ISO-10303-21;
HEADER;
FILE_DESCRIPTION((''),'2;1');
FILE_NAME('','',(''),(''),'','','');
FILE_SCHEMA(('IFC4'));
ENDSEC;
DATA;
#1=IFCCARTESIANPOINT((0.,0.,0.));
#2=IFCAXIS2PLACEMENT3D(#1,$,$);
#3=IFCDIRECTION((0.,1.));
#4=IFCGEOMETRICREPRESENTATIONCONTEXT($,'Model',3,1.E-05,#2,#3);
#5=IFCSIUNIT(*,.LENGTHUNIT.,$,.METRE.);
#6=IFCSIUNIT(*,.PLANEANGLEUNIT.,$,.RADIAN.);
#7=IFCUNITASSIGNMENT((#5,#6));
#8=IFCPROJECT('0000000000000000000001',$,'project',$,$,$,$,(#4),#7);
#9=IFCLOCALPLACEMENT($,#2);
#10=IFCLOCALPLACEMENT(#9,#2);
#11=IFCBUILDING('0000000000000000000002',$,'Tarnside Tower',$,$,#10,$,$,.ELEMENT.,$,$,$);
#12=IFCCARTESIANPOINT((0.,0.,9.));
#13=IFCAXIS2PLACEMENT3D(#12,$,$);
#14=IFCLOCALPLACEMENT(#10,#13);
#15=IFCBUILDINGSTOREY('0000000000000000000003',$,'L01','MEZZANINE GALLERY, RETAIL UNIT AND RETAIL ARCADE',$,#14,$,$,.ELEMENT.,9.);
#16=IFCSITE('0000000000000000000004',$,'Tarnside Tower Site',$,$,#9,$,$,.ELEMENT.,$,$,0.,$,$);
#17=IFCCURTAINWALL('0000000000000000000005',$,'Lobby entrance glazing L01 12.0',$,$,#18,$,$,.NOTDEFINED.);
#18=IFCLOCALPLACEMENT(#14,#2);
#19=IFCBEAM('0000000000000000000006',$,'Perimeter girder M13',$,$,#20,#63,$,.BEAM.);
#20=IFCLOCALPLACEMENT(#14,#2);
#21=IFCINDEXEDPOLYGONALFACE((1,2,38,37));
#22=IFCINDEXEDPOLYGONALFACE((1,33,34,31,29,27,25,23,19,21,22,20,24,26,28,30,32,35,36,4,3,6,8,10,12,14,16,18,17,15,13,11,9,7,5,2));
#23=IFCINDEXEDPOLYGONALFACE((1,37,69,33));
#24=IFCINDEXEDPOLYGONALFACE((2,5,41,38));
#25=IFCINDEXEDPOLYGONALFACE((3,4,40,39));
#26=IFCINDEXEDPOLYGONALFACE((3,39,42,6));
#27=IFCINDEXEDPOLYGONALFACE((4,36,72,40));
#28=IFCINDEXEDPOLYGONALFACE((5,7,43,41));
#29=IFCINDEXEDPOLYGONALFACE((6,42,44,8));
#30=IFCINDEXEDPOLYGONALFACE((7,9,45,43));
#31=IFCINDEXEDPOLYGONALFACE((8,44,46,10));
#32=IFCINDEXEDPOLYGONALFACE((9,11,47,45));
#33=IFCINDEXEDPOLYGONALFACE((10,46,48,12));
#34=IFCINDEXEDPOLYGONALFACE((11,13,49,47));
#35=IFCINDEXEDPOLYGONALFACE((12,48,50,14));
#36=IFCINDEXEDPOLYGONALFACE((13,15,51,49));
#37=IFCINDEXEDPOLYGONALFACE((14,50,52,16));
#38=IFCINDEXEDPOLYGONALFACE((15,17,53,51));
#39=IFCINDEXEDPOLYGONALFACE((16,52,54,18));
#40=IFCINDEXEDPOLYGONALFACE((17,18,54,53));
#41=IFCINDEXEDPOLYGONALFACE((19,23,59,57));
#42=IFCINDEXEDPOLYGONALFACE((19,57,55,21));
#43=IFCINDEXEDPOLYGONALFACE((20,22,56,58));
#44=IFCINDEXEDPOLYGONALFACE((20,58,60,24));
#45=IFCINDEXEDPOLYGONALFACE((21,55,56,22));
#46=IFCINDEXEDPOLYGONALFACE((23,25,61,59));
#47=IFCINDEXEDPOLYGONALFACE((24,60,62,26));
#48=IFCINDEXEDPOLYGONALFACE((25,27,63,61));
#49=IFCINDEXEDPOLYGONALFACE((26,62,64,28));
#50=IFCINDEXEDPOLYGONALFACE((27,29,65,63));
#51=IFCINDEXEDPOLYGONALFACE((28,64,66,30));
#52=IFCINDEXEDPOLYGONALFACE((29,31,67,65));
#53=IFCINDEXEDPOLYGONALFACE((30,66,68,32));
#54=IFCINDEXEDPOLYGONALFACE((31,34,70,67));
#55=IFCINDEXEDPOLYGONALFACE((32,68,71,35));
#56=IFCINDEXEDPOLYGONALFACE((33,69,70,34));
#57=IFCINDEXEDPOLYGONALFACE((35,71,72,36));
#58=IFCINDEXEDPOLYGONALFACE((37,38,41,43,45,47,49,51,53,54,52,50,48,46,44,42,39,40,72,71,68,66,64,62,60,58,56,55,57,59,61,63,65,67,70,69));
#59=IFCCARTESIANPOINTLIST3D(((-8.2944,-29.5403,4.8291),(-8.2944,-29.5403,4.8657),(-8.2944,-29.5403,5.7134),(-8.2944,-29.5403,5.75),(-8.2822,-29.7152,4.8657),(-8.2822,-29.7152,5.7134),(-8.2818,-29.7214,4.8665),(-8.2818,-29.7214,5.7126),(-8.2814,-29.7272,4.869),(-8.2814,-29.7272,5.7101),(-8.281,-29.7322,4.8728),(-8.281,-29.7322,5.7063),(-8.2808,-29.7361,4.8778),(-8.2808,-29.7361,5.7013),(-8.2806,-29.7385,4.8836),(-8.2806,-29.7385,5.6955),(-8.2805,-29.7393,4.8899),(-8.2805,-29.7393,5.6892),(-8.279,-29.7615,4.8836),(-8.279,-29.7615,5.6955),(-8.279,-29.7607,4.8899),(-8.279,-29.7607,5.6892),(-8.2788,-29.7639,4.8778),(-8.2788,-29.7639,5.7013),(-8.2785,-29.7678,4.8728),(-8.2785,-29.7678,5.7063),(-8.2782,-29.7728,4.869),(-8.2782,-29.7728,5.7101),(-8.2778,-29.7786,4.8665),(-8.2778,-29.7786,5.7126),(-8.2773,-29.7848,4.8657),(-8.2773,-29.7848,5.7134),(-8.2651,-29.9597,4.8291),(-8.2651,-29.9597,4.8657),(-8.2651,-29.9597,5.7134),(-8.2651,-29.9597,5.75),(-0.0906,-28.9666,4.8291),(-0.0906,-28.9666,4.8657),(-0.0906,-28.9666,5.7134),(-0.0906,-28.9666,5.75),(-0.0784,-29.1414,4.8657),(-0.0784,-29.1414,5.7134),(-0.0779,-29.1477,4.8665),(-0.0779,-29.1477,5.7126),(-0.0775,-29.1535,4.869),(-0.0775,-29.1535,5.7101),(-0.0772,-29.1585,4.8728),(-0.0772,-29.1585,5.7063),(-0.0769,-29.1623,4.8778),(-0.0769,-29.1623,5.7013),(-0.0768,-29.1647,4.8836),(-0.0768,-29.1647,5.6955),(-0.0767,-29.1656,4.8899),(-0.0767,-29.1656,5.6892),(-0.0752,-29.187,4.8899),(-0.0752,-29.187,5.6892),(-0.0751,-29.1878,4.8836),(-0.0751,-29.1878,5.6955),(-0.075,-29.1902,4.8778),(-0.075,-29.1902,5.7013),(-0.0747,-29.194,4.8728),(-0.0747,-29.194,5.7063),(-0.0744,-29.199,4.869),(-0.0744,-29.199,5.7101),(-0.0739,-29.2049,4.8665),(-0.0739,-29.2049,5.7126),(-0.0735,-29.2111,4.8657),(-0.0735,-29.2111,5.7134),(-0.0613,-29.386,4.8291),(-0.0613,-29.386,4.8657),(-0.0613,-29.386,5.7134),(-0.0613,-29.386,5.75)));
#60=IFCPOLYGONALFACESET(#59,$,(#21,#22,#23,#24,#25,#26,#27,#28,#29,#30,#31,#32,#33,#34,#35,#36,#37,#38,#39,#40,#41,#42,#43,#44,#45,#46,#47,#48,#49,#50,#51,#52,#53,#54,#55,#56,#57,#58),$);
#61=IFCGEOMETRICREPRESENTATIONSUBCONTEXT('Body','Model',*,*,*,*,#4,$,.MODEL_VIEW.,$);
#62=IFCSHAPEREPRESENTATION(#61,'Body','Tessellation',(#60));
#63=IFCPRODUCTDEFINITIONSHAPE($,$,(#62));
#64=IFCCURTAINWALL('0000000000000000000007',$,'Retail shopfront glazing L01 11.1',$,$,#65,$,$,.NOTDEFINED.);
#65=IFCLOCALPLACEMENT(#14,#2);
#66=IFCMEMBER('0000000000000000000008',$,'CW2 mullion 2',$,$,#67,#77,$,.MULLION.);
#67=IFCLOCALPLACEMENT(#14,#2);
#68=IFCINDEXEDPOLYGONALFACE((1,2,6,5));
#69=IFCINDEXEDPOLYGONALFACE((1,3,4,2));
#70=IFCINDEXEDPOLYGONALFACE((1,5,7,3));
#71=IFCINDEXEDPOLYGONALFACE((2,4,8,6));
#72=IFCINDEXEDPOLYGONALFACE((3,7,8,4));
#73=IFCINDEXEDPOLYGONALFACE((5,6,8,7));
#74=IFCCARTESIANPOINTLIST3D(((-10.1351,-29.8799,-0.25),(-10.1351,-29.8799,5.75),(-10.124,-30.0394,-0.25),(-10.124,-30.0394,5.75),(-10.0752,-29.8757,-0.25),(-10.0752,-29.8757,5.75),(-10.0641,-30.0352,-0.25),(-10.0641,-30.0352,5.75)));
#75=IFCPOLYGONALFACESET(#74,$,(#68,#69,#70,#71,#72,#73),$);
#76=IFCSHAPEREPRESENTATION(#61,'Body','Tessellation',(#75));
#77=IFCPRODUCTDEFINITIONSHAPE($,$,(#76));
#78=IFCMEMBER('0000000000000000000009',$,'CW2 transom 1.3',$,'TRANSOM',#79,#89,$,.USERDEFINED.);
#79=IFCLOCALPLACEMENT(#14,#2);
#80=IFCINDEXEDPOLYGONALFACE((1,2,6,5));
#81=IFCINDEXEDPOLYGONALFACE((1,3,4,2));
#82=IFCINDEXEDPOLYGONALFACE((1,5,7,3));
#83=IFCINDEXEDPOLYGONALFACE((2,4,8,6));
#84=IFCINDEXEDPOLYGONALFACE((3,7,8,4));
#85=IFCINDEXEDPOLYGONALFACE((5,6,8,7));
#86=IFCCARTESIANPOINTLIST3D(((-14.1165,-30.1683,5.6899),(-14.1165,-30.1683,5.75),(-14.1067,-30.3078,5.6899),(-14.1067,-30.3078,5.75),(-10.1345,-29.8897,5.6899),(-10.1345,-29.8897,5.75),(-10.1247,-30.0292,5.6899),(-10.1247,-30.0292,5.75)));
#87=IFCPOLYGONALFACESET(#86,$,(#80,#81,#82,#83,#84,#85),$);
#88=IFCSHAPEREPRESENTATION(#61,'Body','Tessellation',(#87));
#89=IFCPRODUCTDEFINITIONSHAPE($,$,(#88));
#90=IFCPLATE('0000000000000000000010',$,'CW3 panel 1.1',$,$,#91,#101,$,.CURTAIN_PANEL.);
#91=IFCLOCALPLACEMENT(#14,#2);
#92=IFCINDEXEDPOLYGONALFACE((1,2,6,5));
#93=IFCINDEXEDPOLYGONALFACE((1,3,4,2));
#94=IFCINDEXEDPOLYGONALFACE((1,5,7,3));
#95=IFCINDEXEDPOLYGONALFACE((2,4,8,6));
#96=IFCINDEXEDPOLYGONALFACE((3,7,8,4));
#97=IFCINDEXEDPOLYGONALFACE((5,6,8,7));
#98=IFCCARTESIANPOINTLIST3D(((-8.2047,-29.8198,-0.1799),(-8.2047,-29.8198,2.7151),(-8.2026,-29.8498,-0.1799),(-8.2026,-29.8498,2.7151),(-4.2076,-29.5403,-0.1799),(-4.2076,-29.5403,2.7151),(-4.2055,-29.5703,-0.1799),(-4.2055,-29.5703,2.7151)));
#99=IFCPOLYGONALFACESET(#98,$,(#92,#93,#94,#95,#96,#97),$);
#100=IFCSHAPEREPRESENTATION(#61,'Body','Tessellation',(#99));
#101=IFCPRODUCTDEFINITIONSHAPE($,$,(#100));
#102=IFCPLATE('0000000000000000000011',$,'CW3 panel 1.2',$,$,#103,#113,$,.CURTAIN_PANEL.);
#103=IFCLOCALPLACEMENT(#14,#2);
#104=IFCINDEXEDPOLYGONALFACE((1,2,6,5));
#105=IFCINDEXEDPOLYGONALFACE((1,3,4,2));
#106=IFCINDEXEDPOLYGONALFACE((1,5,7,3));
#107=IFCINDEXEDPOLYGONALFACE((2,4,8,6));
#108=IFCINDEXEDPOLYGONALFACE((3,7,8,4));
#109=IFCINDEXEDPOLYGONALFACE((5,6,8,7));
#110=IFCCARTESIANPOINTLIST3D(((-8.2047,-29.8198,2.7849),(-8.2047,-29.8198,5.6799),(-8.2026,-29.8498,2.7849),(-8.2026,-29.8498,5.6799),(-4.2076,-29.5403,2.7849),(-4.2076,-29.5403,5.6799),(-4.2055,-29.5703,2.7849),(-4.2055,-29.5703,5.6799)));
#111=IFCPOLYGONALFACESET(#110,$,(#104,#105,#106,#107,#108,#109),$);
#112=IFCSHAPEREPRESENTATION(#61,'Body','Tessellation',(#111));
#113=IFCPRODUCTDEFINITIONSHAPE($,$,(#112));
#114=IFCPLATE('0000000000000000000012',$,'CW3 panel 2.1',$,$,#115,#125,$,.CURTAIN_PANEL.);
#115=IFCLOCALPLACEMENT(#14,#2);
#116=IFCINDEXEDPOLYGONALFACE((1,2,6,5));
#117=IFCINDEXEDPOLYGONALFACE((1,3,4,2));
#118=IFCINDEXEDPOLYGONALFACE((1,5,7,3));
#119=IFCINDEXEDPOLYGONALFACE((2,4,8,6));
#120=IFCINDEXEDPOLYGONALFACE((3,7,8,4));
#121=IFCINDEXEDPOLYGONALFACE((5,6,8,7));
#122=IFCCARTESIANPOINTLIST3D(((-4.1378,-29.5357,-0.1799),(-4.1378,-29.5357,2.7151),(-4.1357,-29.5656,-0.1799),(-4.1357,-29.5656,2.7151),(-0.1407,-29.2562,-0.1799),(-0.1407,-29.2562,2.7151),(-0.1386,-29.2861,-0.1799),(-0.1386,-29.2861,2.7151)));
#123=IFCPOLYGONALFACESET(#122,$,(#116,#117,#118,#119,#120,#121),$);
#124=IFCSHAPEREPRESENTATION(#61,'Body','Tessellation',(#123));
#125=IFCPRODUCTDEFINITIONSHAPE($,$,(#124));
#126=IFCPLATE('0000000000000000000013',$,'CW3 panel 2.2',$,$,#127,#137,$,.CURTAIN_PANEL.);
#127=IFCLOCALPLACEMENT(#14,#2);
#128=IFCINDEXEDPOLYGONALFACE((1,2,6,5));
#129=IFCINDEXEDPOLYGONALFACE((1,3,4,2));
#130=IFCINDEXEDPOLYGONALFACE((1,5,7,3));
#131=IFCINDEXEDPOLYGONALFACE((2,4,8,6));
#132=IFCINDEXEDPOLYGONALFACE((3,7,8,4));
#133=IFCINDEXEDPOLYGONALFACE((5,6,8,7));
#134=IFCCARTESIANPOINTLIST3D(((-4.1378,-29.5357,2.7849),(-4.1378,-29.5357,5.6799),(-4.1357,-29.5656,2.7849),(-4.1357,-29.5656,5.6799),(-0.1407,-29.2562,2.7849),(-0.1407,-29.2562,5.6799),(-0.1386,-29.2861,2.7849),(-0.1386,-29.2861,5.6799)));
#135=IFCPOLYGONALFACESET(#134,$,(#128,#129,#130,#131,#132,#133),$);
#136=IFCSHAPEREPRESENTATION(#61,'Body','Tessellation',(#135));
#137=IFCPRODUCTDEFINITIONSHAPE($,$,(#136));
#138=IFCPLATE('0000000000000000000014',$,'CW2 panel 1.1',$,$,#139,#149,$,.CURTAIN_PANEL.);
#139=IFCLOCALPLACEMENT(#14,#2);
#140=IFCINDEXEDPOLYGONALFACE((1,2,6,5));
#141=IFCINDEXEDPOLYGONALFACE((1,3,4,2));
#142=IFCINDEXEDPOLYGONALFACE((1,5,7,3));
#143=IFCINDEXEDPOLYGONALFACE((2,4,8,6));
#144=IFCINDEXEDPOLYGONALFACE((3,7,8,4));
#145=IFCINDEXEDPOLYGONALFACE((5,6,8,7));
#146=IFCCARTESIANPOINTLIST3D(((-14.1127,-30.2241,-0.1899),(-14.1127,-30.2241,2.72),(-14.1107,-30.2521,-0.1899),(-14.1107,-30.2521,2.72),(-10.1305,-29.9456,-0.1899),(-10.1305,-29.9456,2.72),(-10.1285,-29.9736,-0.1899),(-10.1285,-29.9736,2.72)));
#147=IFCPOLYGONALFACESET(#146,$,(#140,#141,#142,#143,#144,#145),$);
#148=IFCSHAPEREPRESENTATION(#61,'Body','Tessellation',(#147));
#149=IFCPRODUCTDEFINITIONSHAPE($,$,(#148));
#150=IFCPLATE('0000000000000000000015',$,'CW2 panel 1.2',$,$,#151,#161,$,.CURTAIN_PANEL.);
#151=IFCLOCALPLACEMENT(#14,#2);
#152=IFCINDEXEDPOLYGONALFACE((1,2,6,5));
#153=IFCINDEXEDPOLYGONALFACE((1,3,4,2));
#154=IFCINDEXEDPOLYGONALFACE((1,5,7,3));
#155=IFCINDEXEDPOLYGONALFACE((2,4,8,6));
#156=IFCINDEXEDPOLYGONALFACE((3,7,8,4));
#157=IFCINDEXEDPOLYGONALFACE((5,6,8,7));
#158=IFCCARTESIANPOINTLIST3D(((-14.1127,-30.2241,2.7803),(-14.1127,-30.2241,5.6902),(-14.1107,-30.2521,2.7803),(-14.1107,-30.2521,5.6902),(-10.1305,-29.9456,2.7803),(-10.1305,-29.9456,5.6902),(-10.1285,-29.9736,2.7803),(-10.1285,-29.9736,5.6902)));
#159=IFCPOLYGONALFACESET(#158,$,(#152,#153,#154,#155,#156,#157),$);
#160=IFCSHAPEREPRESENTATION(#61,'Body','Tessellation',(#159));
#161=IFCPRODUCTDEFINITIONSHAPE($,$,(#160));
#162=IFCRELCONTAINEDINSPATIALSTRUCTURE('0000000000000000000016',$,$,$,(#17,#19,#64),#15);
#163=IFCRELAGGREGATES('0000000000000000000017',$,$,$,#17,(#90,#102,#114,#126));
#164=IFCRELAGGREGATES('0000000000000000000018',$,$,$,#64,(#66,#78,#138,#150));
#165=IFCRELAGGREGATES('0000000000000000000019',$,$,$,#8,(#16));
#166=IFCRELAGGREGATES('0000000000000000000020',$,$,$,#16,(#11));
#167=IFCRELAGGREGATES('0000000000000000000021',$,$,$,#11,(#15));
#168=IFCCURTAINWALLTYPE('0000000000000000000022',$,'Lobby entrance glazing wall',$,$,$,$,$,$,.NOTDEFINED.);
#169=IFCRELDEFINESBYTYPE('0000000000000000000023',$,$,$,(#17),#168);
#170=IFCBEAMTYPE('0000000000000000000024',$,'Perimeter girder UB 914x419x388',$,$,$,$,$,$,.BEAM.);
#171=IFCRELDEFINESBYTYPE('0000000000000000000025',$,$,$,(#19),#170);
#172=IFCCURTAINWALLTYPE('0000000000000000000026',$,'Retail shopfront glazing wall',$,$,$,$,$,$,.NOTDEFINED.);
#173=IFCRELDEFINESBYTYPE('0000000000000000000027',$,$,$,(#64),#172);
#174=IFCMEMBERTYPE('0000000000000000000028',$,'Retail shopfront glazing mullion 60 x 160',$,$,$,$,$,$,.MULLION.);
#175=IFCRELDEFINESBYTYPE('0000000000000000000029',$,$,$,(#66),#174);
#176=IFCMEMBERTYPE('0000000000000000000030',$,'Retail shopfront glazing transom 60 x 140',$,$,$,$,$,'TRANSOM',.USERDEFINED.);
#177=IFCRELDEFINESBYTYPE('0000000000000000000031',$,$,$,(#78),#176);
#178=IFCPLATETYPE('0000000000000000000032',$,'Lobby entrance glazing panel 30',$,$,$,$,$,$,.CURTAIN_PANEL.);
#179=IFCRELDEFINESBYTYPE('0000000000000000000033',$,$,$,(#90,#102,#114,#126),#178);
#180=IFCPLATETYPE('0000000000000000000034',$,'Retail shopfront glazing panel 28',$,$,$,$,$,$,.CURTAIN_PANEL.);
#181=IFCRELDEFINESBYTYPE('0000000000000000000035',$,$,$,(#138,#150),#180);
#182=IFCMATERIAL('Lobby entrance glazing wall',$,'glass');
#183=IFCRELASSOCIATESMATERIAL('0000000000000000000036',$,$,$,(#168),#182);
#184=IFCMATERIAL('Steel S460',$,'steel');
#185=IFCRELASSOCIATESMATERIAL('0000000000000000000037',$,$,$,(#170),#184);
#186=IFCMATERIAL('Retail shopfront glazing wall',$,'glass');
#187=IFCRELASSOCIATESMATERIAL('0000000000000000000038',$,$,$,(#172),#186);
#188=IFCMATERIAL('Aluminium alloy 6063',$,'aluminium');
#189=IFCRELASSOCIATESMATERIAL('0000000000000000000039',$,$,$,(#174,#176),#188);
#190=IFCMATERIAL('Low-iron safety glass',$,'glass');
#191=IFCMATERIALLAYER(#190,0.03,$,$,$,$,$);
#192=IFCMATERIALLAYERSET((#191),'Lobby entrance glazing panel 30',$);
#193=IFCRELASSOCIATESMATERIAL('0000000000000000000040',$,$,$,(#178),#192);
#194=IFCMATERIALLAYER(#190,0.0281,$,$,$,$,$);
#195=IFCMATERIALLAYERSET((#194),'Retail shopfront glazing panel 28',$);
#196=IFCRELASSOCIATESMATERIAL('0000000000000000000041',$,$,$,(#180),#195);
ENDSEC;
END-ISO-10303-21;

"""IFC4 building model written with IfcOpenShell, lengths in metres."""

from ifc_helpers import new_model, si_unit, direction, frame, origin, origin_2d, place, context, subcontext, project, spatial, rectangle, i_section, extrude, material, layer, layer_set, material_profile, profile_set, type_object, element, aggregate, save


model = new_model("IFC4")

# Units and contexts
model_context = context("Model", 3, precision=1e-05, world=origin(), true_north=direction((0.0, 1.0)))
body_context = subcontext(model_context, "Body", "Model", "MODEL_VIEW")
ifc_project = project(units=[si_unit("LENGTHUNIT", "METRE"), si_unit("PLANEANGLEUNIT", "RADIAN")], contexts=[model_context])

# Site, building, storey
site_placement = place(None, origin())
site = spatial("IfcSite", under=ifc_project, at=site_placement, Name="Tarnside Tower Site", CompositionType="ELEMENT", RefElevation=0.0)
building_placement = place(site_placement, origin())
building = spatial("IfcBuilding", under=site, at=building_placement, Name="Tarnside Tower", CompositionType="ELEMENT")
storey_placement = place(building_placement, frame((0.0, 0.0, 9.0)))
storey = spatial("IfcBuildingStorey", under=building, at=storey_placement, Name="L01", Description="MEZZANINE GALLERY, RETAIL UNIT AND RETAIL ARCADE", CompositionType="ELEMENT", Elevation=9.0)

# Curtain wall
ifc_material_1 = material(Name="Lobby entrance glazing wall", Category="glass")
curtain_wall_type_1 = type_object("IfcCurtainWallType", Name="Lobby entrance glazing wall", PredefinedType="NOTDEFINED", material=ifc_material_1)
curtain_wall_1_placement = place(storey_placement, origin())
curtain_wall_1 = element("IfcCurtainWall", 1, at=curtain_wall_1_placement, inside=storey, type_object=curtain_wall_type_1, Name="Lobby entrance glazing L01 12.0", PredefinedType="NOTDEFINED")
ifc_material_2 = material(Name="Aluminium alloy 6063", Category="aluminium")

# Beam
ifc_material_3 = material(Name="Steel S460", Category="steel")
ifc_material_profile_1 = material_profile(ifc_material_3, i_section(OverallWidth=0.4204, OverallDepth=0.9209, WebThickness=0.0215, FlangeThickness=0.0366, FilletRadius=0.0242, at=origin_2d()), Name="UB 914x419x388")
ifc_profile_set_1 = profile_set([ifc_material_profile_1], Name="Steel S460")
beam_type_1 = type_object("IfcBeamType", Name="Perimeter girder UB 914x419x388", PredefinedType="BEAM", material=ifc_profile_set_1)
beam_1_placement = place(storey_placement, frame((-8.2798, -29.75, 5.2896), z_axis=(0.997564, 0.069764, 0.0), x_axis=(-0.069764, 0.997564, 0.0)))
element("IfcBeam", 2, at=beam_1_placement, inside=storey, type_object=beam_type_1, Name="Perimeter girder M13", PredefinedType="BEAM", context=body_context, shape_type="SweptSolid", body=[
    extrude(i_section(OverallWidth=0.4204, OverallDepth=0.9209, WebThickness=0.0215, FlangeThickness=0.0366, FilletRadius=0.0242, at=origin_2d()), origin(), (0.0, 0.0, 1.0), 8.2239),
])

# Curtain wall, members
ifc_material_4 = material(Name="Retail shopfront glazing wall", Category="glass")
curtain_wall_type_2 = type_object("IfcCurtainWallType", Name="Retail shopfront glazing wall", PredefinedType="NOTDEFINED", material=ifc_material_4)
curtain_wall_2_placement = place(storey_placement, origin())
curtain_wall_2 = element("IfcCurtainWall", 3, at=curtain_wall_2_placement, inside=storey, type_object=curtain_wall_type_2, Name="Retail shopfront glazing L01 11.1", PredefinedType="NOTDEFINED")
ifc_material_profile_2 = material_profile(ifc_material_2, rectangle(XDim=0.1599, YDim=0.0601, at=origin_2d()), Name="Retail shopfront glazing mullion 60 x 160")
ifc_profile_set_2 = profile_set([ifc_material_profile_2], Name="Aluminium alloy 6063")
member_type_1 = type_object("IfcMemberType", Name="Retail shopfront glazing mullion 60 x 160", PredefinedType="MULLION", material=ifc_profile_set_2)
member_1_placement = place(storey_placement, frame((-10.0996, -29.9575, -0.25), z_axis=(0.0, 0.0, 1.0), x_axis=(-0.069756, 0.997564, 0.0)))
member_1 = element("IfcMember", 4, at=member_1_placement, type_object=member_type_1, Name="CW2 mullion 2", PredefinedType="MULLION", context=body_context, shape_type="SweptSolid", body=[
    extrude(rectangle(XDim=0.1599, YDim=0.0601, at=origin_2d()), origin(), (0.0, 0.0, 1.0), 6.0),
])
ifc_material_profile_3 = material_profile(ifc_material_2, rectangle(XDim=0.1399, YDim=0.0601, at=origin_2d()), Name="Retail shopfront glazing transom 60 x 140")
ifc_profile_set_3 = profile_set([ifc_material_profile_3], Name="Aluminium alloy 6063")
member_type_2 = type_object("IfcMemberType", Name="Retail shopfront glazing transom 60 x 140", ElementType="TRANSOM", PredefinedType="USERDEFINED", material=ifc_profile_set_3)
member_2_placement = place(storey_placement, frame((-14.1116, -30.238, 5.72), z_axis=(0.997562, 0.069787, 0.0), x_axis=(-0.069787, 0.997562, 0.0)))
member_2 = element("IfcMember", 5, at=member_2_placement, type_object=member_type_2, Name="CW2 transom 1.3", ObjectType="TRANSOM", PredefinedType="USERDEFINED", context=body_context, shape_type="SweptSolid", body=[
    extrude(rectangle(XDim=0.1399, YDim=0.0601, at=origin_2d()), origin(), (0.0, 0.0, 1.0), 3.9917),
])

# Plates
ifc_material_5 = material(Name="Low-iron safety glass", Category="glass")
ifc_layer_1 = layer(ifc_material_5, 0.03)
ifc_layer_set_1 = layer_set([ifc_layer_1], Name="Lobby entrance glazing panel 30")
plate_type_1 = type_object("IfcPlateType", Name="Lobby entrance glazing panel 30", PredefinedType="CURTAIN_PANEL", material=ifc_layer_set_1)
plate_1_placement = place(storey_placement, frame((-6.2051, -29.6951, -0.1799), z_axis=(0.0, 0.0, 1.0), x_axis=(0.997564, 0.069756, 0.0)))
plate_1 = element("IfcPlate", 6, at=plate_1_placement, type_object=plate_type_1, Name="CW3 panel 1.1", PredefinedType="CURTAIN_PANEL", context=body_context, shape_type="SweptSolid", body=[
    extrude(rectangle(XDim=4.0068, YDim=0.03, at=origin_2d()), origin(), (0.0, 0.0, 1.0), 2.895),
])
plate_2_placement = place(storey_placement, frame((-6.2051, -29.6951, 2.7849), z_axis=(0.0, 0.0, 1.0), x_axis=(0.997564, 0.069756, 0.0)))
plate_2 = element("IfcPlate", 7, at=plate_2_placement, type_object=plate_type_1, Name="CW3 panel 1.2", PredefinedType="CURTAIN_PANEL", context=body_context, shape_type="SweptSolid", body=[
    extrude(rectangle(XDim=4.0068, YDim=0.03, at=origin_2d()), origin(), (0.0, 0.0, 1.0), 2.895),
])
plate_3_placement = place(storey_placement, frame((-2.1382, -29.4109, -0.1799), z_axis=(0.0, 0.0, 1.0), x_axis=(0.997564, 0.069756, 0.0)))
plate_3 = element("IfcPlate", 8, at=plate_3_placement, type_object=plate_type_1, Name="CW3 panel 2.1", PredefinedType="CURTAIN_PANEL", context=body_context, shape_type="SweptSolid", body=[
    extrude(rectangle(XDim=4.0068, YDim=0.03, at=origin_2d()), origin(), (0.0, 0.0, 1.0), 2.895),
])
plate_4_placement = place(storey_placement, frame((-2.1382, -29.4109, 2.7849), z_axis=(0.0, 0.0, 1.0), x_axis=(0.997564, 0.069756, 0.0)))
plate_4 = element("IfcPlate", 9, at=plate_4_placement, type_object=plate_type_1, Name="CW3 panel 2.2", PredefinedType="CURTAIN_PANEL", context=body_context, shape_type="SweptSolid", body=[
    extrude(rectangle(XDim=4.0068, YDim=0.03, at=origin_2d()), origin(), (0.0, 0.0, 1.0), 2.895),
])
aggregate(curtain_wall_1, [plate_1, plate_2, plate_3, plate_4])
ifc_layer_2 = layer(ifc_material_5, 0.0281)
ifc_layer_set_2 = layer_set([ifc_layer_2], Name="Retail shopfront glazing panel 28")
plate_type_2 = type_object("IfcPlateType", Name="Retail shopfront glazing panel 28", PredefinedType="CURTAIN_PANEL", material=ifc_layer_set_2)
plate_5_placement = place(storey_placement, frame((-12.1206, -30.0989, -0.1899), z_axis=(0.0, 0.0, 1.0), x_axis=(0.997564, 0.069756, 0.0)))
plate_5 = element("IfcPlate", 10, at=plate_5_placement, type_object=plate_type_2, Name="CW2 panel 1.1", PredefinedType="CURTAIN_PANEL", context=body_context, shape_type="SweptSolid", body=[
    extrude(rectangle(XDim=3.9919, YDim=0.0281, at=origin_2d()), origin(), (0.0, 0.0, 1.0), 2.9099),
])
plate_6_placement = place(storey_placement, frame((-12.1206, -30.0989, 2.7803), z_axis=(0.0, 0.0, 1.0), x_axis=(0.997564, 0.069756, 0.0)))
plate_6 = element("IfcPlate", 11, at=plate_6_placement, type_object=plate_type_2, Name="CW2 panel 1.2", PredefinedType="CURTAIN_PANEL", context=body_context, shape_type="SweptSolid", body=[
    extrude(rectangle(XDim=3.9919, YDim=0.0281, at=origin_2d()), origin(), (0.0, 0.0, 1.0), 2.9099),
])
aggregate(curtain_wall_2, [member_1, member_2, plate_5, plate_6])

save(model, "model.ifc")
